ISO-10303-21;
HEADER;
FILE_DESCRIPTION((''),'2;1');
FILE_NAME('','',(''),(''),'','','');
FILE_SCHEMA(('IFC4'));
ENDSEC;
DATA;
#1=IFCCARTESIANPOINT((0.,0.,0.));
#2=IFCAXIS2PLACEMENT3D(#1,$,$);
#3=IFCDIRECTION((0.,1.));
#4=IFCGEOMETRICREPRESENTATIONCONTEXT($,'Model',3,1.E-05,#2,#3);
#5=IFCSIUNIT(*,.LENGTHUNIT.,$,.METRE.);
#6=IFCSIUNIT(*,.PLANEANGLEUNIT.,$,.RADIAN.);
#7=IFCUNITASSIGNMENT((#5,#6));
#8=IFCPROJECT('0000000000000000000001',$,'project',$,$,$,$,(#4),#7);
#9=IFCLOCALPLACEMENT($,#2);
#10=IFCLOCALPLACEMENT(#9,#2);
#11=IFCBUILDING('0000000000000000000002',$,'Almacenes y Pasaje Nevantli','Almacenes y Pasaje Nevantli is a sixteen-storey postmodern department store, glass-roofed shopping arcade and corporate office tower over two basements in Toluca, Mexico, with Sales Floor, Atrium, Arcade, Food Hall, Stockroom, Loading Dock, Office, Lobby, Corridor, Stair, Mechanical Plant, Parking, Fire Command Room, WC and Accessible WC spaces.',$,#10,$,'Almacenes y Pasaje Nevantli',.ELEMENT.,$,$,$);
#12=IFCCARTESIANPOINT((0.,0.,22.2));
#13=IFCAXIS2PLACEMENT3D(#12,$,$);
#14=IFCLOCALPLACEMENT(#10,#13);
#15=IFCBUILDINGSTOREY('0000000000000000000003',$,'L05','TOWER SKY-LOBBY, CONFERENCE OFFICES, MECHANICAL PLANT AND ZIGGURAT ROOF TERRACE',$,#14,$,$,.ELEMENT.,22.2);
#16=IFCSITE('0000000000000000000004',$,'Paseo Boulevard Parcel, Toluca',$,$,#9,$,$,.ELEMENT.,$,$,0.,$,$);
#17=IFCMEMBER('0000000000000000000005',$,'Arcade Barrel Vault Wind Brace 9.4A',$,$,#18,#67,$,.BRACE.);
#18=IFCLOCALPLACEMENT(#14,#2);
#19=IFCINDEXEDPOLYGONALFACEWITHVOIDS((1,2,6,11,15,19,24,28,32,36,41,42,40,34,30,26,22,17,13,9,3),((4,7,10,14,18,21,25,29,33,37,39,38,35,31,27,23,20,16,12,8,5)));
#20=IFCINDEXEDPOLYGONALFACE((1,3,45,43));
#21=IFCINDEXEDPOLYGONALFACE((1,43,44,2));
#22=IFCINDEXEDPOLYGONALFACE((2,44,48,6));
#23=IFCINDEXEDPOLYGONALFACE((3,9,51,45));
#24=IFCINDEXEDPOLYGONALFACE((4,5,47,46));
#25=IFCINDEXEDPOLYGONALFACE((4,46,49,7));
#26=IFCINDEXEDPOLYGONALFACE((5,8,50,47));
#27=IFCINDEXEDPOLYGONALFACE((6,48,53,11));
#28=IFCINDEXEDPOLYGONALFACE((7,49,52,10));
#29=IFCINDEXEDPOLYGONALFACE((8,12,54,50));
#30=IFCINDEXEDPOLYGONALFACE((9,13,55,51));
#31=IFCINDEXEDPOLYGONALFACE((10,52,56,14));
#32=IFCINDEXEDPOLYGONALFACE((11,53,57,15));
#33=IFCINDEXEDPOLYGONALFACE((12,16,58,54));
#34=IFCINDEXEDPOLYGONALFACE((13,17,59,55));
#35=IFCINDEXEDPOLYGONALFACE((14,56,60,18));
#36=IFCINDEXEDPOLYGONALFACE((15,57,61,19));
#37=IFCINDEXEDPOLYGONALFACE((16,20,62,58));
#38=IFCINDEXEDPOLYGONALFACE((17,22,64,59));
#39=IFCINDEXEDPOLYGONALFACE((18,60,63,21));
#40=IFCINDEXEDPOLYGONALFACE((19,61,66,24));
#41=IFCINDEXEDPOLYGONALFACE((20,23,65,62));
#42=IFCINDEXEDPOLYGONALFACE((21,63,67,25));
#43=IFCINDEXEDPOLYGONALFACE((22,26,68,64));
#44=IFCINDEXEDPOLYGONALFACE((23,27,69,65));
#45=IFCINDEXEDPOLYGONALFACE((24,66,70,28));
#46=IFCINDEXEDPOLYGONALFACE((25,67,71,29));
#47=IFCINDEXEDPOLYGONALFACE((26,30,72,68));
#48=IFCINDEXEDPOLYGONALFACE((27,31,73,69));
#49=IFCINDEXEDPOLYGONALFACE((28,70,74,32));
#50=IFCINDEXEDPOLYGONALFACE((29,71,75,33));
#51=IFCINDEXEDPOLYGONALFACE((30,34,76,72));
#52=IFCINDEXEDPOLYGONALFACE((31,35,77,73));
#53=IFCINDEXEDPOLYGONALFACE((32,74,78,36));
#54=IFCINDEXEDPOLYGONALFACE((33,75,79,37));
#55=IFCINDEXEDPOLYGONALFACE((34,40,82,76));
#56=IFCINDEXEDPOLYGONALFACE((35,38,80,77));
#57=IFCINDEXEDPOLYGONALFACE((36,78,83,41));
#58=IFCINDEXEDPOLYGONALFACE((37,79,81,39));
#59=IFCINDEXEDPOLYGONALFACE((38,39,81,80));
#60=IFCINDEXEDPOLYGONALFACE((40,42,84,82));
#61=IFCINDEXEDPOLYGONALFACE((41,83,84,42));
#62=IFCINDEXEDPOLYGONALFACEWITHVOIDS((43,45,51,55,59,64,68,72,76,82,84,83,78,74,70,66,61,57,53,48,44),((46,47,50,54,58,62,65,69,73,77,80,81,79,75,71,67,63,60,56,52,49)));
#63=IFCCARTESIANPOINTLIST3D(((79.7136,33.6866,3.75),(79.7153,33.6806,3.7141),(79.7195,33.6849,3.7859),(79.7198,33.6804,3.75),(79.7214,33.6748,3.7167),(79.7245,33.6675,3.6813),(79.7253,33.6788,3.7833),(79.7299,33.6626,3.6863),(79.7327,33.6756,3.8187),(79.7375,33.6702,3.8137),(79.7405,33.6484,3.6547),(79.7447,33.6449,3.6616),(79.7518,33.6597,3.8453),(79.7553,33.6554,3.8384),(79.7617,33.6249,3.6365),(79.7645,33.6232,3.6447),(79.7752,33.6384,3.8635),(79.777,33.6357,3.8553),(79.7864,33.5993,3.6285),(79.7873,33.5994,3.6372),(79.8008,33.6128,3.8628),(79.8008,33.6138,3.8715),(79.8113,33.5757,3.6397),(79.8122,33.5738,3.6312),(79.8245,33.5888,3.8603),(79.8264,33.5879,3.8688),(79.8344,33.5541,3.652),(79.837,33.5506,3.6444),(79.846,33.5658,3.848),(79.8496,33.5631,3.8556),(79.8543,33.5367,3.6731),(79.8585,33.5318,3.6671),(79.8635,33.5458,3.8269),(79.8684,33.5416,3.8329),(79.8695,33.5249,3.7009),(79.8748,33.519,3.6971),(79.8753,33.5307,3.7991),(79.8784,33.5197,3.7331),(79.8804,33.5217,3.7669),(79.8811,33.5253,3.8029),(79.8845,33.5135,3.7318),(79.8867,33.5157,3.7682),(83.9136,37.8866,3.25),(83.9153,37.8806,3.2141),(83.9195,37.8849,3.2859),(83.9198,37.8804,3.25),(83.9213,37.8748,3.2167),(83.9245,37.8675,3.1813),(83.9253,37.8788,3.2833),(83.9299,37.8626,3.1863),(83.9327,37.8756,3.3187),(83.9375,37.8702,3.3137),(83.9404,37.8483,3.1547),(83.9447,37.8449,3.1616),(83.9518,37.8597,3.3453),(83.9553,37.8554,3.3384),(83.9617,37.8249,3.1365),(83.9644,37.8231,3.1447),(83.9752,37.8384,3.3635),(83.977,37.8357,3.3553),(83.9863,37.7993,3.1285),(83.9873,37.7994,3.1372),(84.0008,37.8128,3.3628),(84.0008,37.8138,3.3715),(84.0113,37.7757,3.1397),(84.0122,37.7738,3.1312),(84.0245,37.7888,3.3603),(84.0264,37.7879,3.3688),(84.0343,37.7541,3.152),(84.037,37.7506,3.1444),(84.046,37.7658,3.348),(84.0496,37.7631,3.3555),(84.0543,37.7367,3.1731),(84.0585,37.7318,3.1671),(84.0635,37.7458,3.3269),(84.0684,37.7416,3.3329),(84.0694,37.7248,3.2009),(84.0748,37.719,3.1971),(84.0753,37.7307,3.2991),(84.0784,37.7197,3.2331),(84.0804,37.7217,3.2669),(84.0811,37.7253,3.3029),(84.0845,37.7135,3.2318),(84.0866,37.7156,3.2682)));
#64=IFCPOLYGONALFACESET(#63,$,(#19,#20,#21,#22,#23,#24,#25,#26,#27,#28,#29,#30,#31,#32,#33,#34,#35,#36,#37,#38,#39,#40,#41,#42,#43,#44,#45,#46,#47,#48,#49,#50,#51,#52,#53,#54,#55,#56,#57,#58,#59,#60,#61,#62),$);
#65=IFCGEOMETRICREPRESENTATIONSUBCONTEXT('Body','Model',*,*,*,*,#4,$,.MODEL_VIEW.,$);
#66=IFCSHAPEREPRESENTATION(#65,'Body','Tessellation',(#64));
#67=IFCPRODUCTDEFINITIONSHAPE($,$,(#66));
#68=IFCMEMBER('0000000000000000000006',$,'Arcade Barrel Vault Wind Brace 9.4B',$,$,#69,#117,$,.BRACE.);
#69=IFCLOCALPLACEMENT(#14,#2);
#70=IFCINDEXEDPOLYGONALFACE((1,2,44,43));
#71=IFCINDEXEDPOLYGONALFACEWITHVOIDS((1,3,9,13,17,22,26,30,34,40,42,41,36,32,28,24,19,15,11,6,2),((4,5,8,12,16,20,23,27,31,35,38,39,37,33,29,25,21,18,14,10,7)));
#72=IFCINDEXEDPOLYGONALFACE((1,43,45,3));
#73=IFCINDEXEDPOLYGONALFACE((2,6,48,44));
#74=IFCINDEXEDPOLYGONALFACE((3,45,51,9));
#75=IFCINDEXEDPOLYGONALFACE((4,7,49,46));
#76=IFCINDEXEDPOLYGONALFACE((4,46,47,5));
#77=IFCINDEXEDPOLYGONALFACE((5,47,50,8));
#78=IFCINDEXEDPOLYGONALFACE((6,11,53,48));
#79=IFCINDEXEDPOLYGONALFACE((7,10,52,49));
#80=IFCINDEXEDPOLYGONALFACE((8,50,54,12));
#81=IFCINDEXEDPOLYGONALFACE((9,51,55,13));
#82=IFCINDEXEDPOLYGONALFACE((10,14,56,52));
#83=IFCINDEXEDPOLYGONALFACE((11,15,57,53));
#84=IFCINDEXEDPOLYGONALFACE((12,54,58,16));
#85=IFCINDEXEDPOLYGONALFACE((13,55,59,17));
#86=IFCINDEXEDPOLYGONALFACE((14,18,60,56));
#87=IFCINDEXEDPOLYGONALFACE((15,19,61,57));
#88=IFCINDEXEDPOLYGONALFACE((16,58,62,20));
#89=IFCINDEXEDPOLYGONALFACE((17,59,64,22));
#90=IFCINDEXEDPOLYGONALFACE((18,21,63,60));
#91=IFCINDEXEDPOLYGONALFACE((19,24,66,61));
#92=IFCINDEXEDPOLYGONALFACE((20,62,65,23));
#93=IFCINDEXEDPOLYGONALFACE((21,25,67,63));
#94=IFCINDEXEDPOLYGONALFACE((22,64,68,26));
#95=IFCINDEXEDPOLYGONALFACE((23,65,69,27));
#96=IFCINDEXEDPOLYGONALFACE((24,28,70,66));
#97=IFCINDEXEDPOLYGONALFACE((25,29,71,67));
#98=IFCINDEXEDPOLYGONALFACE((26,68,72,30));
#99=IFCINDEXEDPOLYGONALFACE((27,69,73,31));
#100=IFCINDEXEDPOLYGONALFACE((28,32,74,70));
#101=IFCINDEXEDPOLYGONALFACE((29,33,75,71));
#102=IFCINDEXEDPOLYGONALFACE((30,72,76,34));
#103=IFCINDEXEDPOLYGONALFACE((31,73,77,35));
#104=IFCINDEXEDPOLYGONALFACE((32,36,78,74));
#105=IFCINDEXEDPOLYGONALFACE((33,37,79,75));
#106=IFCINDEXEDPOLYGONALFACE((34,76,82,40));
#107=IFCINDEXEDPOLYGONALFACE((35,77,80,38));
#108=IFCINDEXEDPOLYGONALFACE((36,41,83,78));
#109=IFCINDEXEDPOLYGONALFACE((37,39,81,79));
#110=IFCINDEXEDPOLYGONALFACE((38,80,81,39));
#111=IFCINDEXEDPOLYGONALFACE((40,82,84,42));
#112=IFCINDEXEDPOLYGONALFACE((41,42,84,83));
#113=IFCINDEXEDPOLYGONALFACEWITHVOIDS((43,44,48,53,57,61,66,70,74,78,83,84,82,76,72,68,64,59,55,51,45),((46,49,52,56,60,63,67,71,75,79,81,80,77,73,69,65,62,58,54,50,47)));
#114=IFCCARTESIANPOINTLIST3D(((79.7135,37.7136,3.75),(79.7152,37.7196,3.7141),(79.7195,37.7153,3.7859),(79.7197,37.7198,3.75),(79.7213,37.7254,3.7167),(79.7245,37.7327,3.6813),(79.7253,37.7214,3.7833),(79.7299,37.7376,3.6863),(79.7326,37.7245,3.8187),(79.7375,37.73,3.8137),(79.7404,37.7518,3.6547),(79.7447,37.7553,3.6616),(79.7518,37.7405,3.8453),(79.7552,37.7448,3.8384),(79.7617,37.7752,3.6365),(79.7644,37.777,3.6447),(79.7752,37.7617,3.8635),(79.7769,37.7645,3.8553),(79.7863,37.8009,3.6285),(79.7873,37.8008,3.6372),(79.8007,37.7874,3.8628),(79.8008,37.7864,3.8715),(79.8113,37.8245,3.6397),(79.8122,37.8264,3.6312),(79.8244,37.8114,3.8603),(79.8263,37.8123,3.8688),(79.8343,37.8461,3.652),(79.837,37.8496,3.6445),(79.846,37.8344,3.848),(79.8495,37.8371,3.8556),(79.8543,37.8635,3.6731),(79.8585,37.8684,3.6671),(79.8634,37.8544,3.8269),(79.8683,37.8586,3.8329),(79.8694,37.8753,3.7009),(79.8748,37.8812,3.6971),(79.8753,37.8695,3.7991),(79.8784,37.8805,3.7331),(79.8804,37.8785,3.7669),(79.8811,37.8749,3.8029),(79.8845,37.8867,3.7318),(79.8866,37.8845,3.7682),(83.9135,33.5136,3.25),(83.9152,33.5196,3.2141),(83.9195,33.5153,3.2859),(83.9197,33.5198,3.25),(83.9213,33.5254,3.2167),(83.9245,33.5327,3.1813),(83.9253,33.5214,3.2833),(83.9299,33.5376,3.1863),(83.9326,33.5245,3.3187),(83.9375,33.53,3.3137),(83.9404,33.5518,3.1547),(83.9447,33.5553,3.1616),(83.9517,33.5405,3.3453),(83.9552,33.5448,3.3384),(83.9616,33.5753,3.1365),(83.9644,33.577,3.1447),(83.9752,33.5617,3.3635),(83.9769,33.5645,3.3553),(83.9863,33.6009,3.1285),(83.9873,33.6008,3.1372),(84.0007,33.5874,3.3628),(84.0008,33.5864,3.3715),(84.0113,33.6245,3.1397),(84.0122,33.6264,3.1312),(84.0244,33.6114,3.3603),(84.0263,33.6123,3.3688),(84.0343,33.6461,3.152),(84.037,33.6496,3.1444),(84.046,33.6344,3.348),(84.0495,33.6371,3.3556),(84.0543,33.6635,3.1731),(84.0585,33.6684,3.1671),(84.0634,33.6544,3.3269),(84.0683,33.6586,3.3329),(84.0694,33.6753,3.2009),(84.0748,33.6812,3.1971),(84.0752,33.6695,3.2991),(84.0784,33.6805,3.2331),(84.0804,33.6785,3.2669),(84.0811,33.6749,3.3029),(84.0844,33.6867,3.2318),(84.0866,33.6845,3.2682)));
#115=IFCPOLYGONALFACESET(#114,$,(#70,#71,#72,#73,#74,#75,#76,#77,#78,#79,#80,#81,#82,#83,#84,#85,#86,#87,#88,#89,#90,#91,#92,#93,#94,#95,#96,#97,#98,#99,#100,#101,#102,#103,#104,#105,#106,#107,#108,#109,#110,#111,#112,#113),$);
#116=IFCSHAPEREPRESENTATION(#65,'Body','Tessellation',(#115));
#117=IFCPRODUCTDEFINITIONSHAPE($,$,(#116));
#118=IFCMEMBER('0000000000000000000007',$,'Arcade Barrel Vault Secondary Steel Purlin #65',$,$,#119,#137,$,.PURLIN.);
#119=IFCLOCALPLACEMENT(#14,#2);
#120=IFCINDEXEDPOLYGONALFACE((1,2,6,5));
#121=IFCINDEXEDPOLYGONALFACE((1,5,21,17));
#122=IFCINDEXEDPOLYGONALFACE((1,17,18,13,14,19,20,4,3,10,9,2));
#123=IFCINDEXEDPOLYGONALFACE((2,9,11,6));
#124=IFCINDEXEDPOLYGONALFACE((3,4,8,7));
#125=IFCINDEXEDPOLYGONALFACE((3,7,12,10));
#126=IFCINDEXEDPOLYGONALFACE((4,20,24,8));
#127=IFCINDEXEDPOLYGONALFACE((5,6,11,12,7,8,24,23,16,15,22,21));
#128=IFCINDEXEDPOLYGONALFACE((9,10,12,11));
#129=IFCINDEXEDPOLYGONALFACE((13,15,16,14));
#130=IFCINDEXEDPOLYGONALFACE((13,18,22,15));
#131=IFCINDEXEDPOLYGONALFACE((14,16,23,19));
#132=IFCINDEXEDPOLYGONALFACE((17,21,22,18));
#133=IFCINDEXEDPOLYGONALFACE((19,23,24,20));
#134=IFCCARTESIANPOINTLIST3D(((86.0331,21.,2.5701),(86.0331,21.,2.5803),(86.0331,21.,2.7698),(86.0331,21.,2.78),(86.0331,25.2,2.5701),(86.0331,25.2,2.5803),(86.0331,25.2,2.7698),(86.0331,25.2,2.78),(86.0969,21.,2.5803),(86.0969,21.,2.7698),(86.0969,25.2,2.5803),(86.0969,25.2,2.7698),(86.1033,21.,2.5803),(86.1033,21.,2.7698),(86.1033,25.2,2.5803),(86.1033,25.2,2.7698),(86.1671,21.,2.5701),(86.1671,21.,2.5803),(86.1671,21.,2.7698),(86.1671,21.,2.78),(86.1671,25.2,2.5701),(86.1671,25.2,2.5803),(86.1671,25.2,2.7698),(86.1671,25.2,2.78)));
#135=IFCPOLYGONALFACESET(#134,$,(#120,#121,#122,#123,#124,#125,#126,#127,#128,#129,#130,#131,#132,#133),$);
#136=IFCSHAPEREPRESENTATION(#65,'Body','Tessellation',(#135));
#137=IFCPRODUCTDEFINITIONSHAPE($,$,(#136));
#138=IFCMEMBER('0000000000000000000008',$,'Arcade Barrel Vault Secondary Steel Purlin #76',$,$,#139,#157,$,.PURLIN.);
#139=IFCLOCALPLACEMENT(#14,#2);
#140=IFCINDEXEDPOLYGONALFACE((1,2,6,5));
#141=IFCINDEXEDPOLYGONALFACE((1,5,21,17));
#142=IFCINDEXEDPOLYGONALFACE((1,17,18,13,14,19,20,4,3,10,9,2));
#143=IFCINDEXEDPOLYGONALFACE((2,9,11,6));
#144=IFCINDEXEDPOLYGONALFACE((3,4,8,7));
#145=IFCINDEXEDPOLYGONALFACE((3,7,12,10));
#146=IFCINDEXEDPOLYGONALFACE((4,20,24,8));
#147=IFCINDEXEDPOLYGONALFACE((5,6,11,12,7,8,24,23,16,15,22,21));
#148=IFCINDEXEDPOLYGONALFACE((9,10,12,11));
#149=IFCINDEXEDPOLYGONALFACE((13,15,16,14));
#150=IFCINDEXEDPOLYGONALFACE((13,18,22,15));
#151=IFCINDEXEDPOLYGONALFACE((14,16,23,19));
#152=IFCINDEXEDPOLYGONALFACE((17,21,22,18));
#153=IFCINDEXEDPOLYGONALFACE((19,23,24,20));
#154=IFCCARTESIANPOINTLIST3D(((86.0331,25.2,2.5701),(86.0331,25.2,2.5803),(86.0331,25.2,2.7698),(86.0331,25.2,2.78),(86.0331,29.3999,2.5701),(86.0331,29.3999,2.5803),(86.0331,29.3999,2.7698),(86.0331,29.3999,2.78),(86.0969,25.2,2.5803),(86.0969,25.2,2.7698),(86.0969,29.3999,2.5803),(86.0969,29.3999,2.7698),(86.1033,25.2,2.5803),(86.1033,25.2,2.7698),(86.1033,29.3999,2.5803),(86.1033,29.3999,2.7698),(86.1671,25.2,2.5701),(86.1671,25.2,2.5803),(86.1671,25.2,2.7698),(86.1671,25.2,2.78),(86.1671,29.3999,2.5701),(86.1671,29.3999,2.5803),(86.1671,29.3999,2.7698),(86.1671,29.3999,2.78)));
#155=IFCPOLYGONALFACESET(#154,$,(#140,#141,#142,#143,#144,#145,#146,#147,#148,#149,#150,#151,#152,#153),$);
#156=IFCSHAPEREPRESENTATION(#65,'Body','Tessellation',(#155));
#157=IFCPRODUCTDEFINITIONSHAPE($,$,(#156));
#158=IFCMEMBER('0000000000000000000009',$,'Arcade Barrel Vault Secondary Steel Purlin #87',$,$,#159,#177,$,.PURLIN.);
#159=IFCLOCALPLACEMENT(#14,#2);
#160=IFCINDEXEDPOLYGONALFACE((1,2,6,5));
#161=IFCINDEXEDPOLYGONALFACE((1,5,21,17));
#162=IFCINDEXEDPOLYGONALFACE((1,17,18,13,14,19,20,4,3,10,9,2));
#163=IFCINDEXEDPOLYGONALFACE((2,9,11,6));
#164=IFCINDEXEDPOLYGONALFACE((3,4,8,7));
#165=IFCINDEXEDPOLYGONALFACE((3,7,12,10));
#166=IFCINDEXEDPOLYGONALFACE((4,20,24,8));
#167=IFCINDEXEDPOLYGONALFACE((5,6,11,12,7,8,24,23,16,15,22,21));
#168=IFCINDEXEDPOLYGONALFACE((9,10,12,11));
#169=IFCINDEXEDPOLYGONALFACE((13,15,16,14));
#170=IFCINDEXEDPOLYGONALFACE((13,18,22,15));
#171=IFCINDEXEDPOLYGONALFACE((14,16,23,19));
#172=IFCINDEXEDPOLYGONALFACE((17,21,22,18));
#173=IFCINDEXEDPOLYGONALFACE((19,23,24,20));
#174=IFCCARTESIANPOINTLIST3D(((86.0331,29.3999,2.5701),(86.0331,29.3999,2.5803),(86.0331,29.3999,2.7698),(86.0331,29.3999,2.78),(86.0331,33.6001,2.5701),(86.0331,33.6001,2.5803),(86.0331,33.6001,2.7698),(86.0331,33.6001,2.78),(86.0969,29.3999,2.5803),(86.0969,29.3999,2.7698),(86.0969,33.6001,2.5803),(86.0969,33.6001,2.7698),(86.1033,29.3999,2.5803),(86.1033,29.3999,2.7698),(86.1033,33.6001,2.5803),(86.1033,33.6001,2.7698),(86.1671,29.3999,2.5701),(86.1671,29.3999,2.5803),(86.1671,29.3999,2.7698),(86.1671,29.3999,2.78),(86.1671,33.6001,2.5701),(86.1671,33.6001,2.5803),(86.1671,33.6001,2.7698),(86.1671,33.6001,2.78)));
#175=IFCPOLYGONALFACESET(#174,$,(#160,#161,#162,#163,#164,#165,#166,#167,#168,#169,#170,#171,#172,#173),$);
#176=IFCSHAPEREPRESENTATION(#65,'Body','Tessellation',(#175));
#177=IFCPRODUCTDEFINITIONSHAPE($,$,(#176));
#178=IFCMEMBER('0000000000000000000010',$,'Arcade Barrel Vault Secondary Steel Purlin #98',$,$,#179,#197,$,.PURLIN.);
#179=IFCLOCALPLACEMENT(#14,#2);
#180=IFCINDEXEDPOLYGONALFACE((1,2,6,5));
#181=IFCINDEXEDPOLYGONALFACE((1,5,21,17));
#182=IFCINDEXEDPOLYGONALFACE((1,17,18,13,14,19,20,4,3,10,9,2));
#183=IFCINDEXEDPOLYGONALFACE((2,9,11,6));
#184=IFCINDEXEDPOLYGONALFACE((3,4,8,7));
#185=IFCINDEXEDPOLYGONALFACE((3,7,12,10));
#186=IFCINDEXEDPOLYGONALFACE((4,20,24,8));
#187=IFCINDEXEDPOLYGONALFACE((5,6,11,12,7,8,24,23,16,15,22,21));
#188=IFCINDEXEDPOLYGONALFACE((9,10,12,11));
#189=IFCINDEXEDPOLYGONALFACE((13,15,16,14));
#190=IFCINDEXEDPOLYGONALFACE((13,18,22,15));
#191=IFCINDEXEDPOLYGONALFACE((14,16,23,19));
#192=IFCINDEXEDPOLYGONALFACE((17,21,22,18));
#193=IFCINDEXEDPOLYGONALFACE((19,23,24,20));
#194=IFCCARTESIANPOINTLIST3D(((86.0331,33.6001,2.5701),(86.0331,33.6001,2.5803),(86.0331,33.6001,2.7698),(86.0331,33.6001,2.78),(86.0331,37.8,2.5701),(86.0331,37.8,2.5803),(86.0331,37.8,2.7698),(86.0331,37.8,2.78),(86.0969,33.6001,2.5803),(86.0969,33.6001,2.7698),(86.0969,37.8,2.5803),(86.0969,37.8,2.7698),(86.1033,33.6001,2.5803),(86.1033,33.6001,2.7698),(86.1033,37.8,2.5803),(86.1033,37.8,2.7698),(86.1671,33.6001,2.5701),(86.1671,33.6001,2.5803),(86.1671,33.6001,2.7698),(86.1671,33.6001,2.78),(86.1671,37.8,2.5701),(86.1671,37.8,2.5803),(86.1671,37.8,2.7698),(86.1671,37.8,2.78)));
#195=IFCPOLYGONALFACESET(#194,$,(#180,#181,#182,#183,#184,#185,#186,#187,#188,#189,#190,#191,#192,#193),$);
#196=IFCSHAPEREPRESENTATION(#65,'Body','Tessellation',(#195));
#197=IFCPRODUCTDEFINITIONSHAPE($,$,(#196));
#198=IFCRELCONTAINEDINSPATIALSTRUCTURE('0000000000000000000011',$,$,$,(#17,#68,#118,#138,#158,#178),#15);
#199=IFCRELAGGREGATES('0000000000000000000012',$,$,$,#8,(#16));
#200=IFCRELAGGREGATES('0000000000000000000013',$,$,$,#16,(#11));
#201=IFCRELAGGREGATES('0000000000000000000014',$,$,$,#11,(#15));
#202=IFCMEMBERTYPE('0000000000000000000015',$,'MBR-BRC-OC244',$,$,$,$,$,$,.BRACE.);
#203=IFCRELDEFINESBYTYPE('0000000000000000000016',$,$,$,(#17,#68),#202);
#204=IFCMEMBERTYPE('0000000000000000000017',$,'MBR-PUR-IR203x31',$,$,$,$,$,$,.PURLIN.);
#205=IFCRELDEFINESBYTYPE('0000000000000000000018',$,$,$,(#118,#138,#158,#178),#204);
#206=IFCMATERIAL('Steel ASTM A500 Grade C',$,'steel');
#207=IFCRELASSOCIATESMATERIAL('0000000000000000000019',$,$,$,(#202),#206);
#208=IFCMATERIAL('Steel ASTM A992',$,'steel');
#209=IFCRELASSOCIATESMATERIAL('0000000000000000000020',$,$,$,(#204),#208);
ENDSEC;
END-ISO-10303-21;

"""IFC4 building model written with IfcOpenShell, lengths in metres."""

from ifc_helpers import new_model, si_unit, direction, frame, origin, origin_2d, place, context, subcontext, project, spatial, hollow_circle, i_section, extrude, material, material_profile, profile_set, type_object, element, save


model = new_model("IFC4")

# Units and contexts
model_context = context("Model", 3, precision=1e-05, world=origin(), true_north=direction((0.0, 1.0)))
body_context = subcontext(model_context, "Body", "Model", "MODEL_VIEW")
ifc_project = project(units=[si_unit("LENGTHUNIT", "METRE"), si_unit("PLANEANGLEUNIT", "RADIAN")], contexts=[model_context])

# Site, building, storey
site_placement = place(None, origin())
site = spatial("IfcSite", under=ifc_project, at=site_placement, Name="Paseo Boulevard Parcel, Toluca", CompositionType="ELEMENT", RefElevation=0.0)
building_placement = place(site_placement, origin())
building = spatial("IfcBuilding", under=site, at=building_placement, Name="Almacenes y Pasaje Nevantli", Description="Almacenes y Pasaje Nevantli is a sixteen-storey postmodern department store, glass-roofed shopping arcade and corporate office tower over two basements in Toluca, Mexico, with Sales Floor, Atrium, Arcade, Food Hall, Stockroom, Loading Dock, Office, Lobby, Corridor, Stair, Mechanical Plant, Parking, Fire Command Room, WC and Accessible WC spaces.", LongName="Almacenes y Pasaje Nevantli", CompositionType="ELEMENT")
storey_placement = place(building_placement, frame((0.0, 0.0, 22.2)))
storey = spatial("IfcBuildingStorey", under=building, at=storey_placement, Name="L05", Description="TOWER SKY-LOBBY, CONFERENCE OFFICES, MECHANICAL PLANT AND ZIGGURAT ROOF TERRACE", CompositionType="ELEMENT", Elevation=22.2)

# Members
ifc_material_1 = material(Name="Steel ASTM A500 Grade C", Category="steel")
ifc_material_profile_1 = material_profile(ifc_material_1, hollow_circle(Radius=0.1223, WallThickness=0.0088, at=origin_2d()), Name="OC 244x8.9")
ifc_profile_set_1 = profile_set([ifc_material_profile_1], Name="Steel ASTM A500 Grade C")
member_type_1 = type_object("IfcMemberType", Name="MBR-BRC-OC244", PredefinedType="BRACE", material=ifc_profile_set_1)
for number, where, z_axis, x_axis, name in (
    (1, (79.8, 33.6001, 3.75), (0.704615, 0.704615, -0.083884), (-0.707107, 0.707107, 0.0), "Arcade Barrel Vault Wind Brace 9.4A"),
    (2, (84.0, 33.6001, 3.25), (-0.704615, 0.704615, 0.083884), (-0.707107, -0.707107, 0.0), "Arcade Barrel Vault Wind Brace 9.4B"),
):
    element("IfcMember", number, at=place(storey_placement, frame(where, z_axis=z_axis, x_axis=x_axis)), inside=storey, type_object=member_type_1, Name=name, PredefinedType="BRACE", context=body_context, shape_type="SweptSolid", body=[
        extrude(hollow_circle(Radius=0.1223, WallThickness=0.0088, at=origin_2d()), origin(), (0.0, 0.0, 1.0), 5.9607),
    ])
ifc_material_2 = material(Name="Steel ASTM A992", Category="steel")
ifc_material_profile_2 = material_profile(ifc_material_2, i_section(OverallWidth=0.134, OverallDepth=0.21, WebThickness=0.0063, FlangeThickness=0.0103, at=origin_2d()), Name="IR 203x31.3")
ifc_profile_set_2 = profile_set([ifc_material_profile_2], Name="Steel ASTM A992")
member_type_2 = type_object("IfcMemberType", Name="MBR-PUR-IR203x31", PredefinedType="PURLIN", material=ifc_profile_set_2)
for number, where, z_axis, x_axis, name in (
    (3, (86.1001, 21.0, 2.675), (0.0, 1.0, 0.0), (-1.0, 0.0, 0.0), "Arcade Barrel Vault Secondary Steel Purlin #65"),
    (4, (86.1001, 25.2, 2.675), (0.0, 1.0, 0.0), (-1.0, 0.0, 0.0), "Arcade Barrel Vault Secondary Steel Purlin #76"),
):
    element("IfcMember", number, at=place(storey_placement, frame(where, z_axis=z_axis, x_axis=x_axis)), inside=storey, type_object=member_type_2, Name=name, PredefinedType="PURLIN", context=body_context, shape_type="SweptSolid", body=[
        extrude(i_section(OverallWidth=0.134, OverallDepth=0.21, WebThickness=0.0063, FlangeThickness=0.0103, at=origin_2d()), origin(), (0.0, 0.0, 1.0), 4.2),
    ])
member_1_placement = place(storey_placement, frame((86.1001, 29.3999, 2.675), z_axis=(0.0, 1.0, 0.0), x_axis=(-1.0, 0.0, 0.0)))
element("IfcMember", 5, at=member_1_placement, inside=storey, type_object=member_type_2, Name="Arcade Barrel Vault Secondary Steel Purlin #87", PredefinedType="PURLIN", context=body_context, shape_type="SweptSolid", body=[
    extrude(i_section(OverallWidth=0.134, OverallDepth=0.21, WebThickness=0.0063, FlangeThickness=0.0103, at=origin_2d()), origin(), (0.0, 0.0, 1.0), 4.2002),
])
for number, where, z_axis, x_axis, name in (
    (6, (86.1001, 33.6001, 2.675), (0.0, 1.0, 0.0), (-1.0, 0.0, 0.0), "Arcade Barrel Vault Secondary Steel Purlin #98"),
):
    element("IfcMember", number, at=place(storey_placement, frame(where, z_axis=z_axis, x_axis=x_axis)), inside=storey, type_object=member_type_2, Name=name, PredefinedType="PURLIN", context=body_context, shape_type="SweptSolid", body=[
        extrude(i_section(OverallWidth=0.134, OverallDepth=0.21, WebThickness=0.0063, FlangeThickness=0.0103, at=origin_2d()), origin(), (0.0, 0.0, 1.0), 4.2),
    ])

save(model, "model.ifc")
